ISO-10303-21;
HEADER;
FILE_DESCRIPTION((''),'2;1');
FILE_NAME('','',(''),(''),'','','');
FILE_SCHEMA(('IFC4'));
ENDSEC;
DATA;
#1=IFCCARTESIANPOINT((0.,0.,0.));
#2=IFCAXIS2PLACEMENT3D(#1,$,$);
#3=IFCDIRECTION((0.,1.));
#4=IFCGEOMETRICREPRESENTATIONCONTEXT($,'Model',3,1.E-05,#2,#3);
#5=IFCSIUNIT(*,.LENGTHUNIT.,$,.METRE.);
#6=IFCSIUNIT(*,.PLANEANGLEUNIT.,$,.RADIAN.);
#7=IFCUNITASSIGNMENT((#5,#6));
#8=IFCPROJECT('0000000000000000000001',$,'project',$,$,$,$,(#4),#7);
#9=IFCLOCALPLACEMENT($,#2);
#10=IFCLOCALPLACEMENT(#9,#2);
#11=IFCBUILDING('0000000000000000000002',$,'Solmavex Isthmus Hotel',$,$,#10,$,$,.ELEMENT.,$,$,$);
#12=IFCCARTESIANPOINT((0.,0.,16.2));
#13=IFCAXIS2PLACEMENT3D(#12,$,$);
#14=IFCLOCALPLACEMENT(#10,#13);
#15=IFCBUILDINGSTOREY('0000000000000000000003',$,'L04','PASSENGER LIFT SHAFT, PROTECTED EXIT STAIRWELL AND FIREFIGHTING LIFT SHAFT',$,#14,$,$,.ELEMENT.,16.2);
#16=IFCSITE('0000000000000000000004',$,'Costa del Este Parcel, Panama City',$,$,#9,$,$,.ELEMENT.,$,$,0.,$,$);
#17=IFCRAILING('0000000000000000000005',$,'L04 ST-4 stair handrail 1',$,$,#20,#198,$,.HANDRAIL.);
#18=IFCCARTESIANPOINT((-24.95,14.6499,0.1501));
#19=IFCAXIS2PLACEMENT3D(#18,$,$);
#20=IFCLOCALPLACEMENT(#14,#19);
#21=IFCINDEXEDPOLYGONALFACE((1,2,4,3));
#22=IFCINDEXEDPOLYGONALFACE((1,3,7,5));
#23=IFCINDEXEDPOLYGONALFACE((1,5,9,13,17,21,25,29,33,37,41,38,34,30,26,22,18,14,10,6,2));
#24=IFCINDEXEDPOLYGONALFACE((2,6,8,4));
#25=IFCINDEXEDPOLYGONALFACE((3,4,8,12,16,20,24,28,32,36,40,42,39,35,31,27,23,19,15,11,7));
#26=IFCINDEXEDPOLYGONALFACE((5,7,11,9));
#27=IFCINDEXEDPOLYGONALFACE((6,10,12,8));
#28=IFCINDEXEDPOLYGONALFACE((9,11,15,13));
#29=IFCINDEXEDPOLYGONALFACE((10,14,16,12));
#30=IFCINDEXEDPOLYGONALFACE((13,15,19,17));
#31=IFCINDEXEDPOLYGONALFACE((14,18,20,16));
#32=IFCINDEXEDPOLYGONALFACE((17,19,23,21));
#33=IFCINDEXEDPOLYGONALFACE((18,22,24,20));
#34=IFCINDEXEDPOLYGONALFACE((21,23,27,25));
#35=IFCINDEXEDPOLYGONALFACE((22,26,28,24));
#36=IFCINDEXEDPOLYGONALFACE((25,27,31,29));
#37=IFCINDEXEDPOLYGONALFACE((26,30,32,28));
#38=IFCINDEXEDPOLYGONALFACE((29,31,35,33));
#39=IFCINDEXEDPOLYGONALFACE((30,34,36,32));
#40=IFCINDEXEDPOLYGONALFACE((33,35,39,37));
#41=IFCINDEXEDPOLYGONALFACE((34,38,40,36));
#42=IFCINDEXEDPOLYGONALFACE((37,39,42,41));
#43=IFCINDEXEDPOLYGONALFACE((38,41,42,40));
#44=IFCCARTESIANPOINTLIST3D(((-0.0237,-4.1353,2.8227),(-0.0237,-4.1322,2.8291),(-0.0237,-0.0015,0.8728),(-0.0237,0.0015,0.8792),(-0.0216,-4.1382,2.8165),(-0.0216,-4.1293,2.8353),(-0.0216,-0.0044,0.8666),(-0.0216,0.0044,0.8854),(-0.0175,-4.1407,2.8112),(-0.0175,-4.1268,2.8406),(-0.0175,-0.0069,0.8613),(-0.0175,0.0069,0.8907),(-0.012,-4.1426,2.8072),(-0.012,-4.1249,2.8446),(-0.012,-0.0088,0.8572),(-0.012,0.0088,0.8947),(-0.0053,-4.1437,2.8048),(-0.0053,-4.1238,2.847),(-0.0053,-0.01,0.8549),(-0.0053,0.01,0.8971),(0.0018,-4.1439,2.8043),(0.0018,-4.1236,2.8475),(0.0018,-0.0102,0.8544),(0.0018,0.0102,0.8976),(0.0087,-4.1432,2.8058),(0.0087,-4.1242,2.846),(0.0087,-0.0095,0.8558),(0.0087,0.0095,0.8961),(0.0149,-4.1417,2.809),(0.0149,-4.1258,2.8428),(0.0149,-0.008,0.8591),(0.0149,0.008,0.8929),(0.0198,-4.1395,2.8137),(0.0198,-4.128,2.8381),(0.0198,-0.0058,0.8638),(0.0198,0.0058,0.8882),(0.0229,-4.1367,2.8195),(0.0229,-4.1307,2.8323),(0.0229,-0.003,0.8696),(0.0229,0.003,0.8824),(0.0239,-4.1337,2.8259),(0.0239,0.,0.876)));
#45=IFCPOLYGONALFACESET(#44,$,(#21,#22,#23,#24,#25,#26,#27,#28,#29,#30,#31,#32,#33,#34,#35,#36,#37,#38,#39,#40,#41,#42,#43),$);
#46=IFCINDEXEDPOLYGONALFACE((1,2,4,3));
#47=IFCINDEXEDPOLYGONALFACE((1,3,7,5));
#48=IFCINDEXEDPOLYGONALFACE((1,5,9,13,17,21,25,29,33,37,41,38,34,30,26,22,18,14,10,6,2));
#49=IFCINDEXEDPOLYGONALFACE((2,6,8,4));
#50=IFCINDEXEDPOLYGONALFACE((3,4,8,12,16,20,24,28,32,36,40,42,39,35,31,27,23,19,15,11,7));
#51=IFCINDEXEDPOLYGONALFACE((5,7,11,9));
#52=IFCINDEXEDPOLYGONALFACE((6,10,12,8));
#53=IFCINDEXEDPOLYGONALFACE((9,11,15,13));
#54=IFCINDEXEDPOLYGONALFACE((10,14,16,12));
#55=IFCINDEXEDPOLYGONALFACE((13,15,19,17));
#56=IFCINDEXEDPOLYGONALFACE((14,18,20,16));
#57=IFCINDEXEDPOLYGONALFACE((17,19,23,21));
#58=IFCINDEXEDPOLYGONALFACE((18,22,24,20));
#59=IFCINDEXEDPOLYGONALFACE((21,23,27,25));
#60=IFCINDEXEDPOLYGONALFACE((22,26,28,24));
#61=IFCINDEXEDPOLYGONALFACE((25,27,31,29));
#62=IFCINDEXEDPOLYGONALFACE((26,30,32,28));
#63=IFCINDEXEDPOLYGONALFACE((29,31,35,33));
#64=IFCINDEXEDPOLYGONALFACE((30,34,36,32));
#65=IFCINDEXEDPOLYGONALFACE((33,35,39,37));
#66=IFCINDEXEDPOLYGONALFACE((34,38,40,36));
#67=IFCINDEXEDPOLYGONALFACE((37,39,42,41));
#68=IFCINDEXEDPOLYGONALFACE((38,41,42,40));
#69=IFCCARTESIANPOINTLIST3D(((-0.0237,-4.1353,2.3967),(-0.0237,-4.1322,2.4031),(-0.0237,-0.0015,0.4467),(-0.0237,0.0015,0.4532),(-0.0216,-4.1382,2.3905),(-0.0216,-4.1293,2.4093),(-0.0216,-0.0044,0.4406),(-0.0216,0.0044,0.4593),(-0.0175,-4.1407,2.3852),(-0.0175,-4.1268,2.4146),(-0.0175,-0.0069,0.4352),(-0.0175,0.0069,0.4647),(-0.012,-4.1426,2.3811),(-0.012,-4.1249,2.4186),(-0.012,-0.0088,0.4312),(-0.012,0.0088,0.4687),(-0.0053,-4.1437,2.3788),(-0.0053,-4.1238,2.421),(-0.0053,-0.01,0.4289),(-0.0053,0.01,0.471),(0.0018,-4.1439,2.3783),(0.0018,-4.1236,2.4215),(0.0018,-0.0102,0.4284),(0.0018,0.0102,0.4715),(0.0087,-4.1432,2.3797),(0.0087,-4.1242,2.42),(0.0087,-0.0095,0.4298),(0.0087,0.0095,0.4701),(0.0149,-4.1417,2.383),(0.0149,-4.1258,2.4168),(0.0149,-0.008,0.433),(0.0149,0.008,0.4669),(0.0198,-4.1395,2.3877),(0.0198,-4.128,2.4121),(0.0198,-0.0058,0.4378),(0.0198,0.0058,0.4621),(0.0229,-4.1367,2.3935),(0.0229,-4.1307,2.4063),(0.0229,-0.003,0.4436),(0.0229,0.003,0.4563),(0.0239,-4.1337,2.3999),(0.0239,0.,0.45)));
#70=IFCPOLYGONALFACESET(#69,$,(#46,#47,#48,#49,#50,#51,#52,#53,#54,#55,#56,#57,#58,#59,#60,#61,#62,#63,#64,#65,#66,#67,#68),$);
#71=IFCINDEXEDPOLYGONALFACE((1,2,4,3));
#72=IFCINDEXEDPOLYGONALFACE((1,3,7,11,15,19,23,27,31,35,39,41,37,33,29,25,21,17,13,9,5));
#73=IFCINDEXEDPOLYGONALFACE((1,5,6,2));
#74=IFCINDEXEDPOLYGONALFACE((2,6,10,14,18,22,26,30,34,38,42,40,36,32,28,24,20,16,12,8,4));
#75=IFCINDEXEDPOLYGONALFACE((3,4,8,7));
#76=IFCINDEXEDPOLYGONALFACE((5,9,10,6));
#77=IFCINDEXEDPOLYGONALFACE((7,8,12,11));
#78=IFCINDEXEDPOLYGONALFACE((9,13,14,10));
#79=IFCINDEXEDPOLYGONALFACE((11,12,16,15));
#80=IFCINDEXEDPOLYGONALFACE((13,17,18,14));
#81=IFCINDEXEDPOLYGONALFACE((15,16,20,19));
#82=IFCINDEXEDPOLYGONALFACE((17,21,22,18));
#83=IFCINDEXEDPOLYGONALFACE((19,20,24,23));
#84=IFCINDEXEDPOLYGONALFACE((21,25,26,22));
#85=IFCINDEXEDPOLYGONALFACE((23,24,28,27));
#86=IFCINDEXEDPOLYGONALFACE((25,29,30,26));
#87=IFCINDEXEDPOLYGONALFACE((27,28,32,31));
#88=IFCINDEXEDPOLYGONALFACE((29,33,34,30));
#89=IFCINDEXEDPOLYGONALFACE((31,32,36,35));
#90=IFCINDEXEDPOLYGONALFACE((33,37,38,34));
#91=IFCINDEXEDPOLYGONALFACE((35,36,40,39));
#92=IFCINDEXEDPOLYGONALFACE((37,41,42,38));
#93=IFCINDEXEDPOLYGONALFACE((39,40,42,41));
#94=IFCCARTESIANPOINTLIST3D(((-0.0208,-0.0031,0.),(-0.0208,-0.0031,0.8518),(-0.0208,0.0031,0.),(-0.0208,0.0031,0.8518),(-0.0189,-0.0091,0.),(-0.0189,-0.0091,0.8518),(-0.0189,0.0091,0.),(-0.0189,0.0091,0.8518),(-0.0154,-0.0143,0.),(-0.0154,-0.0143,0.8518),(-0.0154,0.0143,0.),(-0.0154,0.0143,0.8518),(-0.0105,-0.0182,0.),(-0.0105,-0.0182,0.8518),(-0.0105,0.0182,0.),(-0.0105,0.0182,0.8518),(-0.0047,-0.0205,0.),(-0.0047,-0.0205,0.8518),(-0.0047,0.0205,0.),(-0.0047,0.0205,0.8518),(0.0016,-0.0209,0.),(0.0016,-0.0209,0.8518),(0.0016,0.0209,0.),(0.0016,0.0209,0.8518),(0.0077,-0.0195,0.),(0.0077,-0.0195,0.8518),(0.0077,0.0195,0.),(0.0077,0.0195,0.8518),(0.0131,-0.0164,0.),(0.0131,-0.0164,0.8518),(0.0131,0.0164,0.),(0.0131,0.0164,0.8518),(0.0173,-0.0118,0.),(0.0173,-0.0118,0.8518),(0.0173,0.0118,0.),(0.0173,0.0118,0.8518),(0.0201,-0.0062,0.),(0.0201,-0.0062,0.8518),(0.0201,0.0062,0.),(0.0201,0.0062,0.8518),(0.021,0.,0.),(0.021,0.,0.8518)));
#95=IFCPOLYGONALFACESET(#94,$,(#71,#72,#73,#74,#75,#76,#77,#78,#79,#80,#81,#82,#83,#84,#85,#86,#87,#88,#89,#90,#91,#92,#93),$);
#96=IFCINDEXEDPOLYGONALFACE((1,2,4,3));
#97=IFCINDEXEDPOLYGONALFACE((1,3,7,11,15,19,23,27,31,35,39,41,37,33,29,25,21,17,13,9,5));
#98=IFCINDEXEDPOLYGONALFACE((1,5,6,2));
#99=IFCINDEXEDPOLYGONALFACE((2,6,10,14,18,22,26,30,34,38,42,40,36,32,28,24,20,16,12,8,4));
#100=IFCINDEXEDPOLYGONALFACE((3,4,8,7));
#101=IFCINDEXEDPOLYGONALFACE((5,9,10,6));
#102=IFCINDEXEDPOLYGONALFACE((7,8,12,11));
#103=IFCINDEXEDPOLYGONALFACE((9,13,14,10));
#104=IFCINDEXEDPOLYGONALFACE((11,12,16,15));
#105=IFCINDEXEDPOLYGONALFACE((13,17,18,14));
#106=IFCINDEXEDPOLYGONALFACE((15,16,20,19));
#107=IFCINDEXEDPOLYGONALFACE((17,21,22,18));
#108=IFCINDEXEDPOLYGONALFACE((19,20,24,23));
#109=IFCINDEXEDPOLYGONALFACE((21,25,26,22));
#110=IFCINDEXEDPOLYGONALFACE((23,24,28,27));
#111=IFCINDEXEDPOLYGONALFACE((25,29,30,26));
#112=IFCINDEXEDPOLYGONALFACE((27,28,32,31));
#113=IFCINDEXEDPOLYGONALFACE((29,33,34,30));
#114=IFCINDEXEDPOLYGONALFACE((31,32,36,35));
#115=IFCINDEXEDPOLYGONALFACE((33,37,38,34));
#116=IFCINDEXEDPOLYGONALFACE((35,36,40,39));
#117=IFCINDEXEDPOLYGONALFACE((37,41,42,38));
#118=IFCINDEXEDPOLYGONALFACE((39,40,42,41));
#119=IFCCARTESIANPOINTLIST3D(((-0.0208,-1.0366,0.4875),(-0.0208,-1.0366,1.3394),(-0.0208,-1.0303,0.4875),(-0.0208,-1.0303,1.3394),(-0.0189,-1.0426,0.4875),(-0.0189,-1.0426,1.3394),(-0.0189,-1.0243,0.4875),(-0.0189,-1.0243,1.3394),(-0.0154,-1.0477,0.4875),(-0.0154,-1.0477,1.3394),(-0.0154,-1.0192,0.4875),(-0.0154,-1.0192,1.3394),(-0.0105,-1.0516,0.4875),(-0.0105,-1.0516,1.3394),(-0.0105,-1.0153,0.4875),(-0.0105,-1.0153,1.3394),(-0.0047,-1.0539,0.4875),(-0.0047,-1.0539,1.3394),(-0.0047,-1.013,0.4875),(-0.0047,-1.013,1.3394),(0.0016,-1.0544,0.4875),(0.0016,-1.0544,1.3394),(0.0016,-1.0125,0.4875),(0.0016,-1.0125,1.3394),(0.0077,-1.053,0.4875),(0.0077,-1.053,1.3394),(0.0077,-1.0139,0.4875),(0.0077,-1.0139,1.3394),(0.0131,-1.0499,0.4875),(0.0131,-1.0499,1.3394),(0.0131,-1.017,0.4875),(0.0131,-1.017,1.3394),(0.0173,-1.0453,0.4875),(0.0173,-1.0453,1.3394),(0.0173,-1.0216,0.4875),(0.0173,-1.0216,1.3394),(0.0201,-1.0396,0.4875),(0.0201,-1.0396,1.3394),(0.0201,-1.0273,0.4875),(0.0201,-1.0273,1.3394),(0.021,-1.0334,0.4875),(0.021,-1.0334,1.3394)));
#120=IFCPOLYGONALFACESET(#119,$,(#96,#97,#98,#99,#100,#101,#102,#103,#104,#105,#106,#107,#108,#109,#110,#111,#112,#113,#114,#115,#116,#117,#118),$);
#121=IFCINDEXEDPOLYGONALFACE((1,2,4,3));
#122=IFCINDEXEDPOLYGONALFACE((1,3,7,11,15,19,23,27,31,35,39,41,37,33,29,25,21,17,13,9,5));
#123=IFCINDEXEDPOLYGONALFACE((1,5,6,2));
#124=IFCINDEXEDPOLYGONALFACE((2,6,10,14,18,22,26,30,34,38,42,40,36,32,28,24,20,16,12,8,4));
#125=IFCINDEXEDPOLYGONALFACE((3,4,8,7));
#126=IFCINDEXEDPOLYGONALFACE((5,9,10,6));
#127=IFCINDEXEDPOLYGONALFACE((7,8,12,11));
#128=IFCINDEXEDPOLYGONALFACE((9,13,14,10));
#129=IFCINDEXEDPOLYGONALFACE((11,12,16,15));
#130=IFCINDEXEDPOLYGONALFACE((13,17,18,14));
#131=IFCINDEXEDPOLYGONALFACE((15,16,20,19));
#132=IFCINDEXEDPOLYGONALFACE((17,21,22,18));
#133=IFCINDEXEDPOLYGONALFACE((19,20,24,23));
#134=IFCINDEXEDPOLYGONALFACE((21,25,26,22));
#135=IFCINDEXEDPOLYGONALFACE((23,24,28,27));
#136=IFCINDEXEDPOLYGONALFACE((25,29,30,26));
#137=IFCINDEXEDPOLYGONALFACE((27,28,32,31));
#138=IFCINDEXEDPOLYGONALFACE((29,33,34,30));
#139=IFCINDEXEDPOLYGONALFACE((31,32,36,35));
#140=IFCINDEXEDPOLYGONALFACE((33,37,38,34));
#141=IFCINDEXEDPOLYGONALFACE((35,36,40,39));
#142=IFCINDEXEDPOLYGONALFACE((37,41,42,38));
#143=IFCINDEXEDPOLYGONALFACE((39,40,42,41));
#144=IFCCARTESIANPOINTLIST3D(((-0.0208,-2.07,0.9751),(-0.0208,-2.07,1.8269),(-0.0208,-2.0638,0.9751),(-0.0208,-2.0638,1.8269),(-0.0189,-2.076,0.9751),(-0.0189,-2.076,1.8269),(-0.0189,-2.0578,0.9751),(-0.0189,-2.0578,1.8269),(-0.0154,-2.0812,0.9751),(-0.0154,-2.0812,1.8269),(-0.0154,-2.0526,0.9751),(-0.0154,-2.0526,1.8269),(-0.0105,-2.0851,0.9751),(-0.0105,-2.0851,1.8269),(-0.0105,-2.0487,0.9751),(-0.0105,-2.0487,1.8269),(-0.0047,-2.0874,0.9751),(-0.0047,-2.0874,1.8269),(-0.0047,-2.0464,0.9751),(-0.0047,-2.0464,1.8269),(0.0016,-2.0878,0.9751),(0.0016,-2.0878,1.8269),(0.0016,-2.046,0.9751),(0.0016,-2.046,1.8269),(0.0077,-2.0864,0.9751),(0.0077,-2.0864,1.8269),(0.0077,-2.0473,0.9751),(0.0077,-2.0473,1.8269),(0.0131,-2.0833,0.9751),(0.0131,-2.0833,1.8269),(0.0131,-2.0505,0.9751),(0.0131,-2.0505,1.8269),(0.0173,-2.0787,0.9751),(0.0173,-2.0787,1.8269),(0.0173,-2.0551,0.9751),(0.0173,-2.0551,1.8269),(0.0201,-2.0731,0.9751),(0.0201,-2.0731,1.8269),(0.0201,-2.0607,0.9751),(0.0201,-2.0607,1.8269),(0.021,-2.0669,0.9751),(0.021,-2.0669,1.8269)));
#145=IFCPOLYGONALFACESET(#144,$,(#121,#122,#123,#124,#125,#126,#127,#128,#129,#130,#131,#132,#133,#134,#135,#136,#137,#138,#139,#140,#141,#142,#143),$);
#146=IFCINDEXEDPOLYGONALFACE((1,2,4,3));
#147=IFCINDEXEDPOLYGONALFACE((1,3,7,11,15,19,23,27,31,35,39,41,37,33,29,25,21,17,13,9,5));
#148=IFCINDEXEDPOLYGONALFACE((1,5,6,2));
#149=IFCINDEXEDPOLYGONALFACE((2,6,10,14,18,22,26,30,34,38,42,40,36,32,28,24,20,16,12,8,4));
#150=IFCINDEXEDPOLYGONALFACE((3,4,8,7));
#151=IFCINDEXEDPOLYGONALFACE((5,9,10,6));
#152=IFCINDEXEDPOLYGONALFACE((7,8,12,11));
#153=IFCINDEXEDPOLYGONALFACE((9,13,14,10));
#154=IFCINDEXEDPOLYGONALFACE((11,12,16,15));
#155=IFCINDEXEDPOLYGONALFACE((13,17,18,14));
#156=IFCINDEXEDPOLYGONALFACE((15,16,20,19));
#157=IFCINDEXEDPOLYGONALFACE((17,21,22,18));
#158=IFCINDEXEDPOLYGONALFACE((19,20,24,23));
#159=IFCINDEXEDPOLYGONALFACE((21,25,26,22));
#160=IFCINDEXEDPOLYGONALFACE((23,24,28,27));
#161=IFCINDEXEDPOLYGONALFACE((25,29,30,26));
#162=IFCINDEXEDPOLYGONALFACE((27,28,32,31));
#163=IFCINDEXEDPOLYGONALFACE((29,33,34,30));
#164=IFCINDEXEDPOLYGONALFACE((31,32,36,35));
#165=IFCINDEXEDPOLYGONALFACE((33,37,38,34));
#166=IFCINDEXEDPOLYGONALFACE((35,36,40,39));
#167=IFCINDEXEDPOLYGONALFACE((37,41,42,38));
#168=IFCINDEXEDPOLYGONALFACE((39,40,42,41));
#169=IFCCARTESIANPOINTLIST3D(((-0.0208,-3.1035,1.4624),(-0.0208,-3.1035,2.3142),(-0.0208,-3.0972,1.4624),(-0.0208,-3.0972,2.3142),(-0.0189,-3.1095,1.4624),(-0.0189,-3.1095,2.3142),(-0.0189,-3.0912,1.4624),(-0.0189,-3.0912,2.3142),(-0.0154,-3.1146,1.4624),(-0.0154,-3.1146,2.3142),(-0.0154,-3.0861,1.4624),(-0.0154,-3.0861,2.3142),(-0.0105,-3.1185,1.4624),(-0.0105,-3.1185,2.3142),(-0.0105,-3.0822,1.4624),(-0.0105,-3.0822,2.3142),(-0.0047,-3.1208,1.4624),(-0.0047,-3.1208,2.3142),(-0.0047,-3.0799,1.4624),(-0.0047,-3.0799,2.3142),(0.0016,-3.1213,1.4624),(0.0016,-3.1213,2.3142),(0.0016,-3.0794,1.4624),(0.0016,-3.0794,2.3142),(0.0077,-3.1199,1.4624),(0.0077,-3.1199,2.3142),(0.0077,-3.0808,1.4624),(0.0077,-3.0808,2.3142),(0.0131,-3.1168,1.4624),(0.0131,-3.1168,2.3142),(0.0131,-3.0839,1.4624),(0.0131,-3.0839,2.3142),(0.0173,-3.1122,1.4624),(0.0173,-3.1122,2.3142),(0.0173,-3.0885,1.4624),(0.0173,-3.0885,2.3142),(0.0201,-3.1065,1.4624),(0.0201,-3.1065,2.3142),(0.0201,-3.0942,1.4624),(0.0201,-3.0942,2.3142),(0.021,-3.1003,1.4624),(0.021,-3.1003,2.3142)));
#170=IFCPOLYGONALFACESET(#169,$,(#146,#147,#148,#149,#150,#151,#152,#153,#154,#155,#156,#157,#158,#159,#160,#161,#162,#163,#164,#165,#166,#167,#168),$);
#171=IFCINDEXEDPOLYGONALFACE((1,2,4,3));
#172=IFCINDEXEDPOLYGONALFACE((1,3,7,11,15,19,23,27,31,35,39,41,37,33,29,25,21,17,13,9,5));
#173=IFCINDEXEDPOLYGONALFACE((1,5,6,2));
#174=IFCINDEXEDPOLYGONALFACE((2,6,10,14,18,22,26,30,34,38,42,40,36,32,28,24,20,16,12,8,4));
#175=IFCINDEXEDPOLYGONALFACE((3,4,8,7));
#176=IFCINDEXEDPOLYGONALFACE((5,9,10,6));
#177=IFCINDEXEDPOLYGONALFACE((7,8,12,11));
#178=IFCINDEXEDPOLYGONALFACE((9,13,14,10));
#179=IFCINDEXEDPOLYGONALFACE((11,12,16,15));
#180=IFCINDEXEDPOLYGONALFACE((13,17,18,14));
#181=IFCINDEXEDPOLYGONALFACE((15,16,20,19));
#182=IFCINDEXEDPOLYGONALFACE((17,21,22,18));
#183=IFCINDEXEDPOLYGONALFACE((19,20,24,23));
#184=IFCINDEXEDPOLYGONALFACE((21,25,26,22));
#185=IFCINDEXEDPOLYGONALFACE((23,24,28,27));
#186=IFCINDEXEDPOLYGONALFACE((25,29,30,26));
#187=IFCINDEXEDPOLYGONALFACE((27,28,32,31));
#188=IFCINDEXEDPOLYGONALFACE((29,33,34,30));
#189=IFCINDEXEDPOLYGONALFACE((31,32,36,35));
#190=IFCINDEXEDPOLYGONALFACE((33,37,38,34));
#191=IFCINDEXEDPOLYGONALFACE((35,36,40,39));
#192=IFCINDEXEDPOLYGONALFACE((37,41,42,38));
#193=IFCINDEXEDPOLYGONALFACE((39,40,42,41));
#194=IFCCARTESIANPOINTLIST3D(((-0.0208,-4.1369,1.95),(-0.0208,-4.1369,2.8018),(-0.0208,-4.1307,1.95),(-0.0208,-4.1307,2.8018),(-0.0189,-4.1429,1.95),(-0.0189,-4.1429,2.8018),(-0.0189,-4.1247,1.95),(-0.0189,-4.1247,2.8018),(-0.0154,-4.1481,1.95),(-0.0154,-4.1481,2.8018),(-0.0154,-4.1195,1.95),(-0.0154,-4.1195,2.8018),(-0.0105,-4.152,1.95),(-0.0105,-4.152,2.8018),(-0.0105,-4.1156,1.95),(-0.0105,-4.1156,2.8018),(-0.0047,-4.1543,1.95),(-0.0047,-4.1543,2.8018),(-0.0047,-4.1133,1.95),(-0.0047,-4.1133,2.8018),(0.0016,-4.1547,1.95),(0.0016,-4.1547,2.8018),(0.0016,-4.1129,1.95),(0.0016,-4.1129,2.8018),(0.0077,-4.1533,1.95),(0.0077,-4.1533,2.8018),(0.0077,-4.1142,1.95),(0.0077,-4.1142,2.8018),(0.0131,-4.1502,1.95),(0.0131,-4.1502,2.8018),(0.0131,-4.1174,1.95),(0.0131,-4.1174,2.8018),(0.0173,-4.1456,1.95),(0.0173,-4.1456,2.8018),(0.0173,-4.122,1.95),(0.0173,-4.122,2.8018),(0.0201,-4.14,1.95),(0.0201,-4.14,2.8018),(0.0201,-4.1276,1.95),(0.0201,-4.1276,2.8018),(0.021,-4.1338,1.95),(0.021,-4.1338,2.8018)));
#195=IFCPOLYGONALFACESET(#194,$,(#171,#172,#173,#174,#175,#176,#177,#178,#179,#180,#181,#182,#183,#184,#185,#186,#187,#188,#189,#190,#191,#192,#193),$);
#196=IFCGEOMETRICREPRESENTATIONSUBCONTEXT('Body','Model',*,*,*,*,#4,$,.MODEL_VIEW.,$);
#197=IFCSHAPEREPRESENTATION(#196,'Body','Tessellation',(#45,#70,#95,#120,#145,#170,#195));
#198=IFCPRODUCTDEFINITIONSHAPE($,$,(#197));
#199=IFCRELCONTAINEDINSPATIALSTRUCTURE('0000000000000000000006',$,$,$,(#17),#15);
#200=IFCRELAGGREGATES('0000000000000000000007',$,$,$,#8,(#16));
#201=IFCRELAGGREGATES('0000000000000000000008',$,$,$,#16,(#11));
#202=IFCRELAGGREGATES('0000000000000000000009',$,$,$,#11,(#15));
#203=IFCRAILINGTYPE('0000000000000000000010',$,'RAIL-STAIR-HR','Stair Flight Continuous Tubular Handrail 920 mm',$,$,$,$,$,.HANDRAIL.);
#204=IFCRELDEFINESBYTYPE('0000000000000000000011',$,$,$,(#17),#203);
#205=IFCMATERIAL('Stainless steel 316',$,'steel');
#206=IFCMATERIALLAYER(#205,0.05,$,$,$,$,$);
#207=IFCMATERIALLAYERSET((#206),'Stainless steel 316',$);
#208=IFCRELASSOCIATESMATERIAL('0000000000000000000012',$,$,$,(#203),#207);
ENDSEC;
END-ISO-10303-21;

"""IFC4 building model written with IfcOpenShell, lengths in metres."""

from ifc_helpers import new_model, si_unit, direction, frame, origin, origin_2d, place, context, subcontext, project, spatial, circle, extrude, material, layer, layer_set, type_object, element, save


model = new_model("IFC4")

# Units and contexts
model_context = context("Model", 3, precision=1e-05, world=origin(), true_north=direction((0.0, 1.0)))
body_context = subcontext(model_context, "Body", "Model", "MODEL_VIEW")
ifc_project = project(units=[si_unit("LENGTHUNIT", "METRE"), si_unit("PLANEANGLEUNIT", "RADIAN")], contexts=[model_context])

# Site, building, storey
site_placement = place(None, origin())
site = spatial("IfcSite", under=ifc_project, at=site_placement, Name="Costa del Este Parcel, Panama City", CompositionType="ELEMENT", RefElevation=0.0)
building_placement = place(site_placement, origin())
building = spatial("IfcBuilding", under=site, at=building_placement, Name="Solmavex Isthmus Hotel", CompositionType="ELEMENT")
storey_placement = place(building_placement, frame((0.0, 0.0, 16.2)))
storey = spatial("IfcBuildingStorey", under=building, at=storey_placement, Name="L04", Description="PASSENGER LIFT SHAFT, PROTECTED EXIT STAIRWELL AND FIREFIGHTING LIFT SHAFT", CompositionType="ELEMENT", Elevation=16.2)

# Railing
ifc_material_1 = material(Name="Stainless steel 316", Category="steel")
ifc_layer_1 = layer(ifc_material_1, 0.05)
ifc_layer_set_1 = layer_set([ifc_layer_1], Name="Stainless steel 316")
railing_type_1 = type_object("IfcRailingType", Name="RAIL-STAIR-HR", Description="Stair Flight Continuous Tubular Handrail 920 mm", PredefinedType="HANDRAIL", material=ifc_layer_set_1)
railing_1_placement = place(storey_placement, frame((-24.95, 14.6499, 0.1501)))
element("IfcRailing", 1, at=railing_1_placement, inside=storey, type_object=railing_type_1, Name="L04 ST-4 stair handrail 1", PredefinedType="HANDRAIL", context=body_context, shape_type="SweptSolid", body=[
    extrude(circle(Radius=0.0239, at=origin_2d()), frame((0.0, 0.0, 0.876), z_axis=(0.0, -0.904427, 0.426628), x_axis=(1.0, 0.0, 0.0)), (0.0, 0.0, 1.0), 4.5706),
    extrude(circle(Radius=0.0239, at=origin_2d()), frame((0.0, 0.0, 0.45), z_axis=(0.0, -0.904427, 0.426628), x_axis=(1.0, 0.0, 0.0)), (0.0, 0.0, 1.0), 4.5706),
    extrude(circle(Radius=0.021, at=origin_2d()), origin(), (0.0, 0.0, 1.0), 0.8518),
    extrude(circle(Radius=0.021, at=origin_2d()), frame((0.0, -1.0334, 0.4875)), (0.0, 0.0, 1.0), 0.8518),
    extrude(circle(Radius=0.021, at=origin_2d()), frame((0.0, -2.0669, 0.9751)), (0.0, 0.0, 1.0), 0.8518),
    extrude(circle(Radius=0.021, at=origin_2d()), frame((0.0, -3.1003, 1.4624)), (0.0, 0.0, 1.0), 0.8518),
    extrude(circle(Radius=0.021, at=origin_2d()), frame((0.0, -4.1338, 1.95)), (0.0, 0.0, 1.0), 0.8518),
])

save(model, "model.ifc")
